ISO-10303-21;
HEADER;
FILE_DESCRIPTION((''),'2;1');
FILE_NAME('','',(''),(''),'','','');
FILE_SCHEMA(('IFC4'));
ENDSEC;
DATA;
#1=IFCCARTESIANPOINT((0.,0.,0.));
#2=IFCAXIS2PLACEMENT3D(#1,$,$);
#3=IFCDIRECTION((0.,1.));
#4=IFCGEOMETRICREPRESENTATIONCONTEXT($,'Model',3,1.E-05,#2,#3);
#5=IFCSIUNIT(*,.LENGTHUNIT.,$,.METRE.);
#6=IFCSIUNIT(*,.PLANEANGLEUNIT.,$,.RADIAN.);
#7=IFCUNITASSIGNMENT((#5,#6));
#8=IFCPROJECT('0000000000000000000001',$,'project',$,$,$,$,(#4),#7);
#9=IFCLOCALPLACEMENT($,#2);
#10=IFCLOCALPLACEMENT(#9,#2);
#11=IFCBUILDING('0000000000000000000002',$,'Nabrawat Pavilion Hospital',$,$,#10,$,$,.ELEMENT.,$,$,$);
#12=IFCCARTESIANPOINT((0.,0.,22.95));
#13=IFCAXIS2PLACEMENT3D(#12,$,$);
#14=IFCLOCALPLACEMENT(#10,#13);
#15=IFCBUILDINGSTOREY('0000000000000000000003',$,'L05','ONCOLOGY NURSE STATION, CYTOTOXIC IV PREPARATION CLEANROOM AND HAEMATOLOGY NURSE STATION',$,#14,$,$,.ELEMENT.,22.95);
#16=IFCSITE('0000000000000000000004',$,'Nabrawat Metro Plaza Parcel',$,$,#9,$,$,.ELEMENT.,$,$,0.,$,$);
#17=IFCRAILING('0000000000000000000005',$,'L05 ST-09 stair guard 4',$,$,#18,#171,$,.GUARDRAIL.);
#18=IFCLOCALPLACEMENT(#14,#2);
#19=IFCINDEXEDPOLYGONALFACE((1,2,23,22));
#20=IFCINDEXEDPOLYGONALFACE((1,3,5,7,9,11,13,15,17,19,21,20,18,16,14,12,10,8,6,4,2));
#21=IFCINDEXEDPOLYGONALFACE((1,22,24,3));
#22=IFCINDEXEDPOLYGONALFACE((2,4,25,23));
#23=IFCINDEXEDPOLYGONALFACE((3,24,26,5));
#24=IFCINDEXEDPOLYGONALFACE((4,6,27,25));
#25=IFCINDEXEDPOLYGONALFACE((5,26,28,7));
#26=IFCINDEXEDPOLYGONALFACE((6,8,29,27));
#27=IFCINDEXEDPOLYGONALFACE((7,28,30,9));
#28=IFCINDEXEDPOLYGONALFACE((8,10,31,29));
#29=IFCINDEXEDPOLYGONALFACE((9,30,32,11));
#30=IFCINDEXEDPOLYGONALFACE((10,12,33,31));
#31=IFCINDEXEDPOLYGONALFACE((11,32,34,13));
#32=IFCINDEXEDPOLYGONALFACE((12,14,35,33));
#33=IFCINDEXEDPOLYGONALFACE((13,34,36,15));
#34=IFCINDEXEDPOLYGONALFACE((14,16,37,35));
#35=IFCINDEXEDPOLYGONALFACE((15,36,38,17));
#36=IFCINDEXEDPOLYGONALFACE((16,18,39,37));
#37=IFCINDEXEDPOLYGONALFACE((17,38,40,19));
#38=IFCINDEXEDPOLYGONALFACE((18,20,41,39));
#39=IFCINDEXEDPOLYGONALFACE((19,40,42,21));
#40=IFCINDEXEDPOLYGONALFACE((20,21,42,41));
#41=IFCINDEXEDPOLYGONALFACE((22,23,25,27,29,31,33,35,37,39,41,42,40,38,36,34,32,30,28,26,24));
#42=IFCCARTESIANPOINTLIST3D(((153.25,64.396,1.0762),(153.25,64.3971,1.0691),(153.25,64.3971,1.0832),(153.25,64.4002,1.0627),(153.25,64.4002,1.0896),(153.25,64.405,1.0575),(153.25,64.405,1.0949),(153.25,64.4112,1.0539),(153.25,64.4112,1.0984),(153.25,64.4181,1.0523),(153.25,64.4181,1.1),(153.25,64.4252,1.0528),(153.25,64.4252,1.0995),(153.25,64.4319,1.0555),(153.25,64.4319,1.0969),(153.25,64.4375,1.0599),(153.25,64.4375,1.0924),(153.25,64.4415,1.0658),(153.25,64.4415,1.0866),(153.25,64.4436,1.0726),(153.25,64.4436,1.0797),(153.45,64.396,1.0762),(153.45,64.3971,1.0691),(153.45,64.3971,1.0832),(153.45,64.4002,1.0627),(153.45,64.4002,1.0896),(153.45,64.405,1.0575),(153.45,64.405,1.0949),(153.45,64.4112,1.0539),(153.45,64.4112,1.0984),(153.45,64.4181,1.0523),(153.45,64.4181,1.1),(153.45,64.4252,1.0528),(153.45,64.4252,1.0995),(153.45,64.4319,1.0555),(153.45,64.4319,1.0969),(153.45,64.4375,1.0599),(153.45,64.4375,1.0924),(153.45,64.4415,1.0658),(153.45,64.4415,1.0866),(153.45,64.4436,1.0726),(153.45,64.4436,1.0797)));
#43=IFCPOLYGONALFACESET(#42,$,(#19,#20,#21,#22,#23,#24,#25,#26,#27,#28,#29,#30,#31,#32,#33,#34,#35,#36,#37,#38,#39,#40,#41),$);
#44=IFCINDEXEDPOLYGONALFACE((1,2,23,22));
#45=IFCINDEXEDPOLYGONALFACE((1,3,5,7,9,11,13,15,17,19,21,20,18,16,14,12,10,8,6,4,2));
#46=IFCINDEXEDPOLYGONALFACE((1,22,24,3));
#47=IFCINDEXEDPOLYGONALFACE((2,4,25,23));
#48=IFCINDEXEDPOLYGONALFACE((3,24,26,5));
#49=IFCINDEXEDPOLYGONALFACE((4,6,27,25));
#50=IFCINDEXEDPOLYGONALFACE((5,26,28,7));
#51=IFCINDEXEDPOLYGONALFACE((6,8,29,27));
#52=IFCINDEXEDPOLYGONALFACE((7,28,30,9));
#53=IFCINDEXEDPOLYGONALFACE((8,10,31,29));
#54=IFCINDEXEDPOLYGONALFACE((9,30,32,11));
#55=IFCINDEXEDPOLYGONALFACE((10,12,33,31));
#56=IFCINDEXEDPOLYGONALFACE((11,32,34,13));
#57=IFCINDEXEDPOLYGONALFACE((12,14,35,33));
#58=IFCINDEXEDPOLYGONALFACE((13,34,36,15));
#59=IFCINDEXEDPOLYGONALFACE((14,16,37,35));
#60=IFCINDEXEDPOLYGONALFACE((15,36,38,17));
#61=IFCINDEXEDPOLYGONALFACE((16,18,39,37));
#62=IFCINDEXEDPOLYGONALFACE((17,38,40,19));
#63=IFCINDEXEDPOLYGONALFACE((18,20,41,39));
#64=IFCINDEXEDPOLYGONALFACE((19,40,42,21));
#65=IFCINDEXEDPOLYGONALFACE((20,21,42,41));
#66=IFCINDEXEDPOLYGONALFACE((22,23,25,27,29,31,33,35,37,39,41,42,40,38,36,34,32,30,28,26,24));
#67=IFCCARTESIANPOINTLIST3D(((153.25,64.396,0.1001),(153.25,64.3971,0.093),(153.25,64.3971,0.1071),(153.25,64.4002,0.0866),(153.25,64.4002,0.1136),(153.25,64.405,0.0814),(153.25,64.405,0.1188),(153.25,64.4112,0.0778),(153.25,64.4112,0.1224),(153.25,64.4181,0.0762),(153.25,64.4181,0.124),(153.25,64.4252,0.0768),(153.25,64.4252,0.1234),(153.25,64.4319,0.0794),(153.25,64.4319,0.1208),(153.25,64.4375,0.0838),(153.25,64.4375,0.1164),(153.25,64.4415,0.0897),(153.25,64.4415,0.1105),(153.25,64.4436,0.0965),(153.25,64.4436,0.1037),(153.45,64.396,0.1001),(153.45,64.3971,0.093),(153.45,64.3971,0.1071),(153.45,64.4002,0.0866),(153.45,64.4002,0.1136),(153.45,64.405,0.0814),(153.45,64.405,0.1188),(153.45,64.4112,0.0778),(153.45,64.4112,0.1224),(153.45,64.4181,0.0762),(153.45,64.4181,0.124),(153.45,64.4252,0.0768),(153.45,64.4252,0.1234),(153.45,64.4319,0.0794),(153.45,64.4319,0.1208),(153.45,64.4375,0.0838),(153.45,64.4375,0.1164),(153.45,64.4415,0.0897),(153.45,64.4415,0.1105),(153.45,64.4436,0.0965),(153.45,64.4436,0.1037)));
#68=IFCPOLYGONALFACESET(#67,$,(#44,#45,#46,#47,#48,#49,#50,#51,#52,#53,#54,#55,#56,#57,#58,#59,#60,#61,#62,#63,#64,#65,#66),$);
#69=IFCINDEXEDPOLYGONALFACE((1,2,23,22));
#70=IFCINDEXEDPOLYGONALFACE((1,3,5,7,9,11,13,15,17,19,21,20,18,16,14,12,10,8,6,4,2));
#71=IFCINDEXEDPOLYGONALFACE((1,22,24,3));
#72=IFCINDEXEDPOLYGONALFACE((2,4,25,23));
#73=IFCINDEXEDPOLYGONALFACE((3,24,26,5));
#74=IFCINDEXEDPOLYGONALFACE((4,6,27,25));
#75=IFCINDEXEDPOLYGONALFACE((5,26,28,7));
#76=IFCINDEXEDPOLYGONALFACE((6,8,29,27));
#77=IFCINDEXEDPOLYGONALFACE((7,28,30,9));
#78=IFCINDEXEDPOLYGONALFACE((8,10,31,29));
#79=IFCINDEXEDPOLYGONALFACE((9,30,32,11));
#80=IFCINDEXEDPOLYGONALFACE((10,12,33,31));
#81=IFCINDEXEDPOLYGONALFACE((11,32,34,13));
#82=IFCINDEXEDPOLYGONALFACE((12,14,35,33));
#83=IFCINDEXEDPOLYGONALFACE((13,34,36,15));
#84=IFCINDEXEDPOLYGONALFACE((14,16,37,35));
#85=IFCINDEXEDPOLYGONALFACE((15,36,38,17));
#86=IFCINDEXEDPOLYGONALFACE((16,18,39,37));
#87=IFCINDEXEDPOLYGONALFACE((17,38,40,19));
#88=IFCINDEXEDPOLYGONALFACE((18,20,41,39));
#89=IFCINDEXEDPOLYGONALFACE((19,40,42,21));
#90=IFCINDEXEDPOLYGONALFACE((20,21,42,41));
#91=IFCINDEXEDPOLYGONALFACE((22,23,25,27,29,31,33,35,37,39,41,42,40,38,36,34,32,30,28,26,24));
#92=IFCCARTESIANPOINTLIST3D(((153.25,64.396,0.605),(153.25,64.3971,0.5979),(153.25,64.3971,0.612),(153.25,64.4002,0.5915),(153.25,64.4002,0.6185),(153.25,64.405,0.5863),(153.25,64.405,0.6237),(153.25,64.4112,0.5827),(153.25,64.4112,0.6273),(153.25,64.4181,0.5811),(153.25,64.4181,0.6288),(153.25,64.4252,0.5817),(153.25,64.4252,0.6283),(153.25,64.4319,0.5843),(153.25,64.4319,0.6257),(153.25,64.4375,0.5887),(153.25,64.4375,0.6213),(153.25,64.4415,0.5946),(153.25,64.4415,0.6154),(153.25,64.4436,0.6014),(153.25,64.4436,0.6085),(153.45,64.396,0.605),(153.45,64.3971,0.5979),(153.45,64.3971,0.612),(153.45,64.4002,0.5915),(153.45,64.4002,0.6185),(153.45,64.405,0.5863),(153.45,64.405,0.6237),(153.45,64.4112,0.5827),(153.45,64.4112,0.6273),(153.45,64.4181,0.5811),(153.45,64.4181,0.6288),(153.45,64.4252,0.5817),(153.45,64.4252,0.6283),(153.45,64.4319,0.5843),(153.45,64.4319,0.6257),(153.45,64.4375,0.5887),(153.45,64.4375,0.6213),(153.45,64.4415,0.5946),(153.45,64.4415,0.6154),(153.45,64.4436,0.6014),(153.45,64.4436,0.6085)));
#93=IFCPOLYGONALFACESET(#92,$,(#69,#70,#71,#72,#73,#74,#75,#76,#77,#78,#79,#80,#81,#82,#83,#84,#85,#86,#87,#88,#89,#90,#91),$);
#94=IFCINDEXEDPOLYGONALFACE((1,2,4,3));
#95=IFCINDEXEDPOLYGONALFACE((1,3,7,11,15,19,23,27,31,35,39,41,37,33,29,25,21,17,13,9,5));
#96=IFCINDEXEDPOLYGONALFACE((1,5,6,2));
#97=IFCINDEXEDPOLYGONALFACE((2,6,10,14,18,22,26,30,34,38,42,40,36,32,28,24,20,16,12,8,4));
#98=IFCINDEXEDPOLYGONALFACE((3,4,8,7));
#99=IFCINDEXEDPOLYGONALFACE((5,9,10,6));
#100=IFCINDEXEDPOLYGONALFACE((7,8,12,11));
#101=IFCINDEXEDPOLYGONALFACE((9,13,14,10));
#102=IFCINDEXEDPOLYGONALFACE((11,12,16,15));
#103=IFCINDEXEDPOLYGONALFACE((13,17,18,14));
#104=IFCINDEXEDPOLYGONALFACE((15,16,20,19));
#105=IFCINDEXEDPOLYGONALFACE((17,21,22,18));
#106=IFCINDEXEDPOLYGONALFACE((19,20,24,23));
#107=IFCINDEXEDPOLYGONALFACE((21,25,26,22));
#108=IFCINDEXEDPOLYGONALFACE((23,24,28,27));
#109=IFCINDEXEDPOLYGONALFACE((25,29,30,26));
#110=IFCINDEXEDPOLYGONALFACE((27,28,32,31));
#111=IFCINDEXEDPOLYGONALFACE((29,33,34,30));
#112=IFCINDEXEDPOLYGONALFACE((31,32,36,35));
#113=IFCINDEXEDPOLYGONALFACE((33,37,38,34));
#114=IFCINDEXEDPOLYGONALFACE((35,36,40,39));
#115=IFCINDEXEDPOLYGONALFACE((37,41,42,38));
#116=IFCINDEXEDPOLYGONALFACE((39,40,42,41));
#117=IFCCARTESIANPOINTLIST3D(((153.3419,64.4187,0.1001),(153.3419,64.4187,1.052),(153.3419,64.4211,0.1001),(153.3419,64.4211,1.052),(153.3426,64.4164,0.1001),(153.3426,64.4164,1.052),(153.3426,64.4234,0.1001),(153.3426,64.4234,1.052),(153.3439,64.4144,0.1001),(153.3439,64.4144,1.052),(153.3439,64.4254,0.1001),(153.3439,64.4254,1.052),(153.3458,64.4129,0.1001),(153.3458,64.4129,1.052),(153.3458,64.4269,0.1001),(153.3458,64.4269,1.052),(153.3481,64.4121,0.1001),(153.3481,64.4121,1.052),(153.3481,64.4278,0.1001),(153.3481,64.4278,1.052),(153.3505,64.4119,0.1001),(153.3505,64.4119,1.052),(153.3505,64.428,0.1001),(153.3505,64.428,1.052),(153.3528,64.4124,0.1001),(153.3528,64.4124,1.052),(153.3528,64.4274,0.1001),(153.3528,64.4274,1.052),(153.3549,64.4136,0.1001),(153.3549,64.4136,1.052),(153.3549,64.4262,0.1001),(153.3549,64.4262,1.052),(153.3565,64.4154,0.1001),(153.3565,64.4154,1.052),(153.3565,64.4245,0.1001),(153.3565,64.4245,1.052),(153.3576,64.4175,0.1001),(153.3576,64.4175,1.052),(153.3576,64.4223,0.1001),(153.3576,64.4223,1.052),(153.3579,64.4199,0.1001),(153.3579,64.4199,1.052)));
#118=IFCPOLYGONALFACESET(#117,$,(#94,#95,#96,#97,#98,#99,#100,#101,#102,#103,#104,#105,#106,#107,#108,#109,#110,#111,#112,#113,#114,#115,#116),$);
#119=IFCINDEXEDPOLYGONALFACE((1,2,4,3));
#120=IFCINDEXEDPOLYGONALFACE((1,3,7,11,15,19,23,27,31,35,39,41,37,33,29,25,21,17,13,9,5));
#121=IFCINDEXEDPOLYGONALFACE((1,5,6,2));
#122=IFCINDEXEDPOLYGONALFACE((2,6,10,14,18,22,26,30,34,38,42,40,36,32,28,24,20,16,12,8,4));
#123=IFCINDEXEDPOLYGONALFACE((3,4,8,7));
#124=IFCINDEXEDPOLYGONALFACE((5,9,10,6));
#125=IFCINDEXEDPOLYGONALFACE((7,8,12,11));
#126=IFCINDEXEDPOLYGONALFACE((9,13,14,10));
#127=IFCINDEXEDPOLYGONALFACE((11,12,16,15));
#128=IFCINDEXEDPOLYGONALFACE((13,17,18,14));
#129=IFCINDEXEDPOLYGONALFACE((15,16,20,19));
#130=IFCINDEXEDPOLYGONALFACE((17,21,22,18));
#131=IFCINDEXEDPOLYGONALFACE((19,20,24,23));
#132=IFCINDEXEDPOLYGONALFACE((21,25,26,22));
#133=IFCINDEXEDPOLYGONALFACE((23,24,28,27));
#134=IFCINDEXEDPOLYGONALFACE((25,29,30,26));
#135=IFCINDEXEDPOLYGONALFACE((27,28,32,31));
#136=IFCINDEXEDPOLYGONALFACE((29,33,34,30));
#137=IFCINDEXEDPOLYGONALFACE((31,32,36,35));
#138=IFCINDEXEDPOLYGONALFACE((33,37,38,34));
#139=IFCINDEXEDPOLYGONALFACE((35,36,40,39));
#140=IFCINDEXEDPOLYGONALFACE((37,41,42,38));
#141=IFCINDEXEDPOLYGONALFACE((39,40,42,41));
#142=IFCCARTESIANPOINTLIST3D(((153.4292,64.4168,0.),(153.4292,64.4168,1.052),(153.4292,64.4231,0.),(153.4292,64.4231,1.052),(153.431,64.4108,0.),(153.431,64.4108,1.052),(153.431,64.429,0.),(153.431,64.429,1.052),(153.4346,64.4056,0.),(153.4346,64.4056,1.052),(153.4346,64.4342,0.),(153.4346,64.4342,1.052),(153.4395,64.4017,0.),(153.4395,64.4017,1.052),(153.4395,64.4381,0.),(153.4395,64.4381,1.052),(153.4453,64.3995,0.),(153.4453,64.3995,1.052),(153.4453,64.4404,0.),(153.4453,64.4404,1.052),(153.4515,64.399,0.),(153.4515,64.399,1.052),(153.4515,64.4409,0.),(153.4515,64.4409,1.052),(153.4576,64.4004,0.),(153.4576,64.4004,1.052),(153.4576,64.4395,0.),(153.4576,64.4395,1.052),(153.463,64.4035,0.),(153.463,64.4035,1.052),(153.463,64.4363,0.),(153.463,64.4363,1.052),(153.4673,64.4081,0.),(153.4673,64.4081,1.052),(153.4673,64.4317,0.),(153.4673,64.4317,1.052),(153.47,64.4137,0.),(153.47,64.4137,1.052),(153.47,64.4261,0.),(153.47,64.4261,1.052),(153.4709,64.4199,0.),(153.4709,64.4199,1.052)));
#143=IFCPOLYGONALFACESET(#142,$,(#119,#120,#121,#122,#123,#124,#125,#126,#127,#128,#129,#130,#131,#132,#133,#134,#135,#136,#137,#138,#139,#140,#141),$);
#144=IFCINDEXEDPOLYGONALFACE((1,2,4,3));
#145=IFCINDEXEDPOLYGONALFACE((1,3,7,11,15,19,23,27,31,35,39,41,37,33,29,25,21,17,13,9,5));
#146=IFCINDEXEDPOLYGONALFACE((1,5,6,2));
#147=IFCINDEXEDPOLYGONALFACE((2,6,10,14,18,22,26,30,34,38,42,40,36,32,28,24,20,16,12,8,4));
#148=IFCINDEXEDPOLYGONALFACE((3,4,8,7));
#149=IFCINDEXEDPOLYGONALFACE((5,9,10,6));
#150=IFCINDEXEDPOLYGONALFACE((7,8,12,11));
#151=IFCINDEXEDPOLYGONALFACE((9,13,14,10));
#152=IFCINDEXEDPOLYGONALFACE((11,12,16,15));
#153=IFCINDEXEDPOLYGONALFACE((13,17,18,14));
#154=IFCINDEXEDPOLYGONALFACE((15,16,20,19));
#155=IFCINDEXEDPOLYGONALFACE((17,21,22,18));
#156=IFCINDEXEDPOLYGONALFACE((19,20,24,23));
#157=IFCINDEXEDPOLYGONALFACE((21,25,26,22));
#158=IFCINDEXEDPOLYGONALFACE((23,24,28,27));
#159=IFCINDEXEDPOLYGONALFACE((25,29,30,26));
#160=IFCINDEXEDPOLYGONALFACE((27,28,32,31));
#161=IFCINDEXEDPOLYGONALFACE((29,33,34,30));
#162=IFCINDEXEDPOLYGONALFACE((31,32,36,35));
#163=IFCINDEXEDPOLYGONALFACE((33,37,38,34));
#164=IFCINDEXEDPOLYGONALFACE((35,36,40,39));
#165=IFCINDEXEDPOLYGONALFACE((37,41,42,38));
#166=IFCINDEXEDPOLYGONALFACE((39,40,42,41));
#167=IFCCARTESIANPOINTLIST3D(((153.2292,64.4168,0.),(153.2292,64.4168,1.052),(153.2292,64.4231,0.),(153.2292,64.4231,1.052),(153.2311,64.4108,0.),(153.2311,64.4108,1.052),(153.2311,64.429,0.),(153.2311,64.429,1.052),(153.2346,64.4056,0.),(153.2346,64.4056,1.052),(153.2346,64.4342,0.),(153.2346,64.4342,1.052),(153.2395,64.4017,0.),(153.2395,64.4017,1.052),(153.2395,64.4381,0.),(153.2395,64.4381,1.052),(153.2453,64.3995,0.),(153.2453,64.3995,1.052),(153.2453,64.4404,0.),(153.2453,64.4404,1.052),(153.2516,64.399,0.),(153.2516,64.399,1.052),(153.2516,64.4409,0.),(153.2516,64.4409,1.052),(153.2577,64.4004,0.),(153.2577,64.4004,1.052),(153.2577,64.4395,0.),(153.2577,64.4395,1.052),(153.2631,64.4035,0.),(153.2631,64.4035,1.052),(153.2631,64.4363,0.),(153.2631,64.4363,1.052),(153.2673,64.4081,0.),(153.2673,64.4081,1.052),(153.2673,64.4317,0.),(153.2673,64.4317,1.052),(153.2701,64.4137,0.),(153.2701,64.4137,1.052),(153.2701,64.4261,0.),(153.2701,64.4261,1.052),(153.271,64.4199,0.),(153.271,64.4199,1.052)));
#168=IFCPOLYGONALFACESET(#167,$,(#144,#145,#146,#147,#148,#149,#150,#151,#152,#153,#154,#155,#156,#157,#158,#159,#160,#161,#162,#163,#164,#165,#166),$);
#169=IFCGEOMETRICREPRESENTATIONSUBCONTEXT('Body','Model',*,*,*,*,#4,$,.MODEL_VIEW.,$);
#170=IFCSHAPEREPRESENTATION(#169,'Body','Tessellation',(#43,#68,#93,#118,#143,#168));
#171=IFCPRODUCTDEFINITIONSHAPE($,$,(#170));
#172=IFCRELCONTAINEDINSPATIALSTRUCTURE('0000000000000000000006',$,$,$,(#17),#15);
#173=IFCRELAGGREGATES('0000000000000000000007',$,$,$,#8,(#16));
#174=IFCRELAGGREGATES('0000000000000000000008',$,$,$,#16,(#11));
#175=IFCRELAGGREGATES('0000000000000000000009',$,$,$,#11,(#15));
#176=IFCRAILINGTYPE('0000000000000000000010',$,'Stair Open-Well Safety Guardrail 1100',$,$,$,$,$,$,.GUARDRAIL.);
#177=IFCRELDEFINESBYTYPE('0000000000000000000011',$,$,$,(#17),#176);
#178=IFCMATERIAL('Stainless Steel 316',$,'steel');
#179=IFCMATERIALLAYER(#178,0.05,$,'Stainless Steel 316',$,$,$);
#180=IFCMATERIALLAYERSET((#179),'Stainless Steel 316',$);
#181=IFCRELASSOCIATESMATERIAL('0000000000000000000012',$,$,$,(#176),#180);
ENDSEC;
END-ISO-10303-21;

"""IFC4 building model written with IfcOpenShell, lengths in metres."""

from ifc_helpers import new_model, si_unit, direction, frame, origin, origin_2d, place, context, subcontext, project, spatial, circle, extrude, material, layer, layer_set, type_object, element, save


model = new_model("IFC4")

# Units and contexts
model_context = context("Model", 3, precision=1e-05, world=origin(), true_north=direction((0.0, 1.0)))
body_context = subcontext(model_context, "Body", "Model", "MODEL_VIEW")
ifc_project = project(units=[si_unit("LENGTHUNIT", "METRE"), si_unit("PLANEANGLEUNIT", "RADIAN")], contexts=[model_context])

# Site, building, storey
site_placement = place(None, origin())
site = spatial("IfcSite", under=ifc_project, at=site_placement, Name="Nabrawat Metro Plaza Parcel", CompositionType="ELEMENT", RefElevation=0.0)
building_placement = place(site_placement, origin())
building = spatial("IfcBuilding", under=site, at=building_placement, Name="Nabrawat Pavilion Hospital", CompositionType="ELEMENT")
storey_placement = place(building_placement, frame((0.0, 0.0, 22.95)))
storey = spatial("IfcBuildingStorey", under=building, at=storey_placement, Name="L05", Description="ONCOLOGY NURSE STATION, CYTOTOXIC IV PREPARATION CLEANROOM AND HAEMATOLOGY NURSE STATION", CompositionType="ELEMENT", Elevation=22.95)

# Railing
ifc_material_1 = material(Name="Stainless Steel 316", Category="steel")
ifc_layer_1 = layer(ifc_material_1, 0.05, Name="Stainless Steel 316")
ifc_layer_set_1 = layer_set([ifc_layer_1], Name="Stainless Steel 316")
railing_type_1 = type_object("IfcRailingType", Name="Stair Open-Well Safety Guardrail 1100", PredefinedType="GUARDRAIL", material=ifc_layer_set_1)
railing_1_placement = place(storey_placement, frame((153.45, 64.4199, 0.0)))
element("IfcRailing", 1, at=railing_1_placement, inside=storey, type_object=railing_type_1, Name="L05 ST-09 stair guard 4", PredefinedType="GUARDRAIL", context=body_context, shape_type="SweptSolid", body=[
    extrude(circle(Radius=0.0239, at=origin_2d()), frame((0.0, 0.0, 1.0762), z_axis=(-1.0, 0.0, 0.0), x_axis=(0.0, -1.0, 0.0)), (0.0, 0.0, 1.0), 0.2),
    extrude(circle(Radius=0.0239, at=origin_2d()), frame((0.0, 0.0, 0.1001), z_axis=(-1.0, 0.0, 0.0), x_axis=(0.0, -1.0, 0.0)), (0.0, 0.0, 1.0), 0.2),
    extrude(circle(Radius=0.0239, at=origin_2d()), frame((0.0, 0.0, 0.605), z_axis=(-1.0, 0.0, 0.0), x_axis=(0.0, -1.0, 0.0)), (0.0, 0.0, 1.0), 0.2),
    extrude(circle(Radius=0.0081, at=origin_2d()), frame((-0.1001, 0.0, 0.1001)), (0.0, 0.0, 1.0), 0.9519),
    extrude(circle(Radius=0.021, at=origin_2d()), origin(), (0.0, 0.0, 1.0), 1.052),
    extrude(circle(Radius=0.021, at=origin_2d()), frame((-0.2, 0.0, 0.0)), (0.0, 0.0, 1.0), 1.052),
])

save(model, "model.ifc")
